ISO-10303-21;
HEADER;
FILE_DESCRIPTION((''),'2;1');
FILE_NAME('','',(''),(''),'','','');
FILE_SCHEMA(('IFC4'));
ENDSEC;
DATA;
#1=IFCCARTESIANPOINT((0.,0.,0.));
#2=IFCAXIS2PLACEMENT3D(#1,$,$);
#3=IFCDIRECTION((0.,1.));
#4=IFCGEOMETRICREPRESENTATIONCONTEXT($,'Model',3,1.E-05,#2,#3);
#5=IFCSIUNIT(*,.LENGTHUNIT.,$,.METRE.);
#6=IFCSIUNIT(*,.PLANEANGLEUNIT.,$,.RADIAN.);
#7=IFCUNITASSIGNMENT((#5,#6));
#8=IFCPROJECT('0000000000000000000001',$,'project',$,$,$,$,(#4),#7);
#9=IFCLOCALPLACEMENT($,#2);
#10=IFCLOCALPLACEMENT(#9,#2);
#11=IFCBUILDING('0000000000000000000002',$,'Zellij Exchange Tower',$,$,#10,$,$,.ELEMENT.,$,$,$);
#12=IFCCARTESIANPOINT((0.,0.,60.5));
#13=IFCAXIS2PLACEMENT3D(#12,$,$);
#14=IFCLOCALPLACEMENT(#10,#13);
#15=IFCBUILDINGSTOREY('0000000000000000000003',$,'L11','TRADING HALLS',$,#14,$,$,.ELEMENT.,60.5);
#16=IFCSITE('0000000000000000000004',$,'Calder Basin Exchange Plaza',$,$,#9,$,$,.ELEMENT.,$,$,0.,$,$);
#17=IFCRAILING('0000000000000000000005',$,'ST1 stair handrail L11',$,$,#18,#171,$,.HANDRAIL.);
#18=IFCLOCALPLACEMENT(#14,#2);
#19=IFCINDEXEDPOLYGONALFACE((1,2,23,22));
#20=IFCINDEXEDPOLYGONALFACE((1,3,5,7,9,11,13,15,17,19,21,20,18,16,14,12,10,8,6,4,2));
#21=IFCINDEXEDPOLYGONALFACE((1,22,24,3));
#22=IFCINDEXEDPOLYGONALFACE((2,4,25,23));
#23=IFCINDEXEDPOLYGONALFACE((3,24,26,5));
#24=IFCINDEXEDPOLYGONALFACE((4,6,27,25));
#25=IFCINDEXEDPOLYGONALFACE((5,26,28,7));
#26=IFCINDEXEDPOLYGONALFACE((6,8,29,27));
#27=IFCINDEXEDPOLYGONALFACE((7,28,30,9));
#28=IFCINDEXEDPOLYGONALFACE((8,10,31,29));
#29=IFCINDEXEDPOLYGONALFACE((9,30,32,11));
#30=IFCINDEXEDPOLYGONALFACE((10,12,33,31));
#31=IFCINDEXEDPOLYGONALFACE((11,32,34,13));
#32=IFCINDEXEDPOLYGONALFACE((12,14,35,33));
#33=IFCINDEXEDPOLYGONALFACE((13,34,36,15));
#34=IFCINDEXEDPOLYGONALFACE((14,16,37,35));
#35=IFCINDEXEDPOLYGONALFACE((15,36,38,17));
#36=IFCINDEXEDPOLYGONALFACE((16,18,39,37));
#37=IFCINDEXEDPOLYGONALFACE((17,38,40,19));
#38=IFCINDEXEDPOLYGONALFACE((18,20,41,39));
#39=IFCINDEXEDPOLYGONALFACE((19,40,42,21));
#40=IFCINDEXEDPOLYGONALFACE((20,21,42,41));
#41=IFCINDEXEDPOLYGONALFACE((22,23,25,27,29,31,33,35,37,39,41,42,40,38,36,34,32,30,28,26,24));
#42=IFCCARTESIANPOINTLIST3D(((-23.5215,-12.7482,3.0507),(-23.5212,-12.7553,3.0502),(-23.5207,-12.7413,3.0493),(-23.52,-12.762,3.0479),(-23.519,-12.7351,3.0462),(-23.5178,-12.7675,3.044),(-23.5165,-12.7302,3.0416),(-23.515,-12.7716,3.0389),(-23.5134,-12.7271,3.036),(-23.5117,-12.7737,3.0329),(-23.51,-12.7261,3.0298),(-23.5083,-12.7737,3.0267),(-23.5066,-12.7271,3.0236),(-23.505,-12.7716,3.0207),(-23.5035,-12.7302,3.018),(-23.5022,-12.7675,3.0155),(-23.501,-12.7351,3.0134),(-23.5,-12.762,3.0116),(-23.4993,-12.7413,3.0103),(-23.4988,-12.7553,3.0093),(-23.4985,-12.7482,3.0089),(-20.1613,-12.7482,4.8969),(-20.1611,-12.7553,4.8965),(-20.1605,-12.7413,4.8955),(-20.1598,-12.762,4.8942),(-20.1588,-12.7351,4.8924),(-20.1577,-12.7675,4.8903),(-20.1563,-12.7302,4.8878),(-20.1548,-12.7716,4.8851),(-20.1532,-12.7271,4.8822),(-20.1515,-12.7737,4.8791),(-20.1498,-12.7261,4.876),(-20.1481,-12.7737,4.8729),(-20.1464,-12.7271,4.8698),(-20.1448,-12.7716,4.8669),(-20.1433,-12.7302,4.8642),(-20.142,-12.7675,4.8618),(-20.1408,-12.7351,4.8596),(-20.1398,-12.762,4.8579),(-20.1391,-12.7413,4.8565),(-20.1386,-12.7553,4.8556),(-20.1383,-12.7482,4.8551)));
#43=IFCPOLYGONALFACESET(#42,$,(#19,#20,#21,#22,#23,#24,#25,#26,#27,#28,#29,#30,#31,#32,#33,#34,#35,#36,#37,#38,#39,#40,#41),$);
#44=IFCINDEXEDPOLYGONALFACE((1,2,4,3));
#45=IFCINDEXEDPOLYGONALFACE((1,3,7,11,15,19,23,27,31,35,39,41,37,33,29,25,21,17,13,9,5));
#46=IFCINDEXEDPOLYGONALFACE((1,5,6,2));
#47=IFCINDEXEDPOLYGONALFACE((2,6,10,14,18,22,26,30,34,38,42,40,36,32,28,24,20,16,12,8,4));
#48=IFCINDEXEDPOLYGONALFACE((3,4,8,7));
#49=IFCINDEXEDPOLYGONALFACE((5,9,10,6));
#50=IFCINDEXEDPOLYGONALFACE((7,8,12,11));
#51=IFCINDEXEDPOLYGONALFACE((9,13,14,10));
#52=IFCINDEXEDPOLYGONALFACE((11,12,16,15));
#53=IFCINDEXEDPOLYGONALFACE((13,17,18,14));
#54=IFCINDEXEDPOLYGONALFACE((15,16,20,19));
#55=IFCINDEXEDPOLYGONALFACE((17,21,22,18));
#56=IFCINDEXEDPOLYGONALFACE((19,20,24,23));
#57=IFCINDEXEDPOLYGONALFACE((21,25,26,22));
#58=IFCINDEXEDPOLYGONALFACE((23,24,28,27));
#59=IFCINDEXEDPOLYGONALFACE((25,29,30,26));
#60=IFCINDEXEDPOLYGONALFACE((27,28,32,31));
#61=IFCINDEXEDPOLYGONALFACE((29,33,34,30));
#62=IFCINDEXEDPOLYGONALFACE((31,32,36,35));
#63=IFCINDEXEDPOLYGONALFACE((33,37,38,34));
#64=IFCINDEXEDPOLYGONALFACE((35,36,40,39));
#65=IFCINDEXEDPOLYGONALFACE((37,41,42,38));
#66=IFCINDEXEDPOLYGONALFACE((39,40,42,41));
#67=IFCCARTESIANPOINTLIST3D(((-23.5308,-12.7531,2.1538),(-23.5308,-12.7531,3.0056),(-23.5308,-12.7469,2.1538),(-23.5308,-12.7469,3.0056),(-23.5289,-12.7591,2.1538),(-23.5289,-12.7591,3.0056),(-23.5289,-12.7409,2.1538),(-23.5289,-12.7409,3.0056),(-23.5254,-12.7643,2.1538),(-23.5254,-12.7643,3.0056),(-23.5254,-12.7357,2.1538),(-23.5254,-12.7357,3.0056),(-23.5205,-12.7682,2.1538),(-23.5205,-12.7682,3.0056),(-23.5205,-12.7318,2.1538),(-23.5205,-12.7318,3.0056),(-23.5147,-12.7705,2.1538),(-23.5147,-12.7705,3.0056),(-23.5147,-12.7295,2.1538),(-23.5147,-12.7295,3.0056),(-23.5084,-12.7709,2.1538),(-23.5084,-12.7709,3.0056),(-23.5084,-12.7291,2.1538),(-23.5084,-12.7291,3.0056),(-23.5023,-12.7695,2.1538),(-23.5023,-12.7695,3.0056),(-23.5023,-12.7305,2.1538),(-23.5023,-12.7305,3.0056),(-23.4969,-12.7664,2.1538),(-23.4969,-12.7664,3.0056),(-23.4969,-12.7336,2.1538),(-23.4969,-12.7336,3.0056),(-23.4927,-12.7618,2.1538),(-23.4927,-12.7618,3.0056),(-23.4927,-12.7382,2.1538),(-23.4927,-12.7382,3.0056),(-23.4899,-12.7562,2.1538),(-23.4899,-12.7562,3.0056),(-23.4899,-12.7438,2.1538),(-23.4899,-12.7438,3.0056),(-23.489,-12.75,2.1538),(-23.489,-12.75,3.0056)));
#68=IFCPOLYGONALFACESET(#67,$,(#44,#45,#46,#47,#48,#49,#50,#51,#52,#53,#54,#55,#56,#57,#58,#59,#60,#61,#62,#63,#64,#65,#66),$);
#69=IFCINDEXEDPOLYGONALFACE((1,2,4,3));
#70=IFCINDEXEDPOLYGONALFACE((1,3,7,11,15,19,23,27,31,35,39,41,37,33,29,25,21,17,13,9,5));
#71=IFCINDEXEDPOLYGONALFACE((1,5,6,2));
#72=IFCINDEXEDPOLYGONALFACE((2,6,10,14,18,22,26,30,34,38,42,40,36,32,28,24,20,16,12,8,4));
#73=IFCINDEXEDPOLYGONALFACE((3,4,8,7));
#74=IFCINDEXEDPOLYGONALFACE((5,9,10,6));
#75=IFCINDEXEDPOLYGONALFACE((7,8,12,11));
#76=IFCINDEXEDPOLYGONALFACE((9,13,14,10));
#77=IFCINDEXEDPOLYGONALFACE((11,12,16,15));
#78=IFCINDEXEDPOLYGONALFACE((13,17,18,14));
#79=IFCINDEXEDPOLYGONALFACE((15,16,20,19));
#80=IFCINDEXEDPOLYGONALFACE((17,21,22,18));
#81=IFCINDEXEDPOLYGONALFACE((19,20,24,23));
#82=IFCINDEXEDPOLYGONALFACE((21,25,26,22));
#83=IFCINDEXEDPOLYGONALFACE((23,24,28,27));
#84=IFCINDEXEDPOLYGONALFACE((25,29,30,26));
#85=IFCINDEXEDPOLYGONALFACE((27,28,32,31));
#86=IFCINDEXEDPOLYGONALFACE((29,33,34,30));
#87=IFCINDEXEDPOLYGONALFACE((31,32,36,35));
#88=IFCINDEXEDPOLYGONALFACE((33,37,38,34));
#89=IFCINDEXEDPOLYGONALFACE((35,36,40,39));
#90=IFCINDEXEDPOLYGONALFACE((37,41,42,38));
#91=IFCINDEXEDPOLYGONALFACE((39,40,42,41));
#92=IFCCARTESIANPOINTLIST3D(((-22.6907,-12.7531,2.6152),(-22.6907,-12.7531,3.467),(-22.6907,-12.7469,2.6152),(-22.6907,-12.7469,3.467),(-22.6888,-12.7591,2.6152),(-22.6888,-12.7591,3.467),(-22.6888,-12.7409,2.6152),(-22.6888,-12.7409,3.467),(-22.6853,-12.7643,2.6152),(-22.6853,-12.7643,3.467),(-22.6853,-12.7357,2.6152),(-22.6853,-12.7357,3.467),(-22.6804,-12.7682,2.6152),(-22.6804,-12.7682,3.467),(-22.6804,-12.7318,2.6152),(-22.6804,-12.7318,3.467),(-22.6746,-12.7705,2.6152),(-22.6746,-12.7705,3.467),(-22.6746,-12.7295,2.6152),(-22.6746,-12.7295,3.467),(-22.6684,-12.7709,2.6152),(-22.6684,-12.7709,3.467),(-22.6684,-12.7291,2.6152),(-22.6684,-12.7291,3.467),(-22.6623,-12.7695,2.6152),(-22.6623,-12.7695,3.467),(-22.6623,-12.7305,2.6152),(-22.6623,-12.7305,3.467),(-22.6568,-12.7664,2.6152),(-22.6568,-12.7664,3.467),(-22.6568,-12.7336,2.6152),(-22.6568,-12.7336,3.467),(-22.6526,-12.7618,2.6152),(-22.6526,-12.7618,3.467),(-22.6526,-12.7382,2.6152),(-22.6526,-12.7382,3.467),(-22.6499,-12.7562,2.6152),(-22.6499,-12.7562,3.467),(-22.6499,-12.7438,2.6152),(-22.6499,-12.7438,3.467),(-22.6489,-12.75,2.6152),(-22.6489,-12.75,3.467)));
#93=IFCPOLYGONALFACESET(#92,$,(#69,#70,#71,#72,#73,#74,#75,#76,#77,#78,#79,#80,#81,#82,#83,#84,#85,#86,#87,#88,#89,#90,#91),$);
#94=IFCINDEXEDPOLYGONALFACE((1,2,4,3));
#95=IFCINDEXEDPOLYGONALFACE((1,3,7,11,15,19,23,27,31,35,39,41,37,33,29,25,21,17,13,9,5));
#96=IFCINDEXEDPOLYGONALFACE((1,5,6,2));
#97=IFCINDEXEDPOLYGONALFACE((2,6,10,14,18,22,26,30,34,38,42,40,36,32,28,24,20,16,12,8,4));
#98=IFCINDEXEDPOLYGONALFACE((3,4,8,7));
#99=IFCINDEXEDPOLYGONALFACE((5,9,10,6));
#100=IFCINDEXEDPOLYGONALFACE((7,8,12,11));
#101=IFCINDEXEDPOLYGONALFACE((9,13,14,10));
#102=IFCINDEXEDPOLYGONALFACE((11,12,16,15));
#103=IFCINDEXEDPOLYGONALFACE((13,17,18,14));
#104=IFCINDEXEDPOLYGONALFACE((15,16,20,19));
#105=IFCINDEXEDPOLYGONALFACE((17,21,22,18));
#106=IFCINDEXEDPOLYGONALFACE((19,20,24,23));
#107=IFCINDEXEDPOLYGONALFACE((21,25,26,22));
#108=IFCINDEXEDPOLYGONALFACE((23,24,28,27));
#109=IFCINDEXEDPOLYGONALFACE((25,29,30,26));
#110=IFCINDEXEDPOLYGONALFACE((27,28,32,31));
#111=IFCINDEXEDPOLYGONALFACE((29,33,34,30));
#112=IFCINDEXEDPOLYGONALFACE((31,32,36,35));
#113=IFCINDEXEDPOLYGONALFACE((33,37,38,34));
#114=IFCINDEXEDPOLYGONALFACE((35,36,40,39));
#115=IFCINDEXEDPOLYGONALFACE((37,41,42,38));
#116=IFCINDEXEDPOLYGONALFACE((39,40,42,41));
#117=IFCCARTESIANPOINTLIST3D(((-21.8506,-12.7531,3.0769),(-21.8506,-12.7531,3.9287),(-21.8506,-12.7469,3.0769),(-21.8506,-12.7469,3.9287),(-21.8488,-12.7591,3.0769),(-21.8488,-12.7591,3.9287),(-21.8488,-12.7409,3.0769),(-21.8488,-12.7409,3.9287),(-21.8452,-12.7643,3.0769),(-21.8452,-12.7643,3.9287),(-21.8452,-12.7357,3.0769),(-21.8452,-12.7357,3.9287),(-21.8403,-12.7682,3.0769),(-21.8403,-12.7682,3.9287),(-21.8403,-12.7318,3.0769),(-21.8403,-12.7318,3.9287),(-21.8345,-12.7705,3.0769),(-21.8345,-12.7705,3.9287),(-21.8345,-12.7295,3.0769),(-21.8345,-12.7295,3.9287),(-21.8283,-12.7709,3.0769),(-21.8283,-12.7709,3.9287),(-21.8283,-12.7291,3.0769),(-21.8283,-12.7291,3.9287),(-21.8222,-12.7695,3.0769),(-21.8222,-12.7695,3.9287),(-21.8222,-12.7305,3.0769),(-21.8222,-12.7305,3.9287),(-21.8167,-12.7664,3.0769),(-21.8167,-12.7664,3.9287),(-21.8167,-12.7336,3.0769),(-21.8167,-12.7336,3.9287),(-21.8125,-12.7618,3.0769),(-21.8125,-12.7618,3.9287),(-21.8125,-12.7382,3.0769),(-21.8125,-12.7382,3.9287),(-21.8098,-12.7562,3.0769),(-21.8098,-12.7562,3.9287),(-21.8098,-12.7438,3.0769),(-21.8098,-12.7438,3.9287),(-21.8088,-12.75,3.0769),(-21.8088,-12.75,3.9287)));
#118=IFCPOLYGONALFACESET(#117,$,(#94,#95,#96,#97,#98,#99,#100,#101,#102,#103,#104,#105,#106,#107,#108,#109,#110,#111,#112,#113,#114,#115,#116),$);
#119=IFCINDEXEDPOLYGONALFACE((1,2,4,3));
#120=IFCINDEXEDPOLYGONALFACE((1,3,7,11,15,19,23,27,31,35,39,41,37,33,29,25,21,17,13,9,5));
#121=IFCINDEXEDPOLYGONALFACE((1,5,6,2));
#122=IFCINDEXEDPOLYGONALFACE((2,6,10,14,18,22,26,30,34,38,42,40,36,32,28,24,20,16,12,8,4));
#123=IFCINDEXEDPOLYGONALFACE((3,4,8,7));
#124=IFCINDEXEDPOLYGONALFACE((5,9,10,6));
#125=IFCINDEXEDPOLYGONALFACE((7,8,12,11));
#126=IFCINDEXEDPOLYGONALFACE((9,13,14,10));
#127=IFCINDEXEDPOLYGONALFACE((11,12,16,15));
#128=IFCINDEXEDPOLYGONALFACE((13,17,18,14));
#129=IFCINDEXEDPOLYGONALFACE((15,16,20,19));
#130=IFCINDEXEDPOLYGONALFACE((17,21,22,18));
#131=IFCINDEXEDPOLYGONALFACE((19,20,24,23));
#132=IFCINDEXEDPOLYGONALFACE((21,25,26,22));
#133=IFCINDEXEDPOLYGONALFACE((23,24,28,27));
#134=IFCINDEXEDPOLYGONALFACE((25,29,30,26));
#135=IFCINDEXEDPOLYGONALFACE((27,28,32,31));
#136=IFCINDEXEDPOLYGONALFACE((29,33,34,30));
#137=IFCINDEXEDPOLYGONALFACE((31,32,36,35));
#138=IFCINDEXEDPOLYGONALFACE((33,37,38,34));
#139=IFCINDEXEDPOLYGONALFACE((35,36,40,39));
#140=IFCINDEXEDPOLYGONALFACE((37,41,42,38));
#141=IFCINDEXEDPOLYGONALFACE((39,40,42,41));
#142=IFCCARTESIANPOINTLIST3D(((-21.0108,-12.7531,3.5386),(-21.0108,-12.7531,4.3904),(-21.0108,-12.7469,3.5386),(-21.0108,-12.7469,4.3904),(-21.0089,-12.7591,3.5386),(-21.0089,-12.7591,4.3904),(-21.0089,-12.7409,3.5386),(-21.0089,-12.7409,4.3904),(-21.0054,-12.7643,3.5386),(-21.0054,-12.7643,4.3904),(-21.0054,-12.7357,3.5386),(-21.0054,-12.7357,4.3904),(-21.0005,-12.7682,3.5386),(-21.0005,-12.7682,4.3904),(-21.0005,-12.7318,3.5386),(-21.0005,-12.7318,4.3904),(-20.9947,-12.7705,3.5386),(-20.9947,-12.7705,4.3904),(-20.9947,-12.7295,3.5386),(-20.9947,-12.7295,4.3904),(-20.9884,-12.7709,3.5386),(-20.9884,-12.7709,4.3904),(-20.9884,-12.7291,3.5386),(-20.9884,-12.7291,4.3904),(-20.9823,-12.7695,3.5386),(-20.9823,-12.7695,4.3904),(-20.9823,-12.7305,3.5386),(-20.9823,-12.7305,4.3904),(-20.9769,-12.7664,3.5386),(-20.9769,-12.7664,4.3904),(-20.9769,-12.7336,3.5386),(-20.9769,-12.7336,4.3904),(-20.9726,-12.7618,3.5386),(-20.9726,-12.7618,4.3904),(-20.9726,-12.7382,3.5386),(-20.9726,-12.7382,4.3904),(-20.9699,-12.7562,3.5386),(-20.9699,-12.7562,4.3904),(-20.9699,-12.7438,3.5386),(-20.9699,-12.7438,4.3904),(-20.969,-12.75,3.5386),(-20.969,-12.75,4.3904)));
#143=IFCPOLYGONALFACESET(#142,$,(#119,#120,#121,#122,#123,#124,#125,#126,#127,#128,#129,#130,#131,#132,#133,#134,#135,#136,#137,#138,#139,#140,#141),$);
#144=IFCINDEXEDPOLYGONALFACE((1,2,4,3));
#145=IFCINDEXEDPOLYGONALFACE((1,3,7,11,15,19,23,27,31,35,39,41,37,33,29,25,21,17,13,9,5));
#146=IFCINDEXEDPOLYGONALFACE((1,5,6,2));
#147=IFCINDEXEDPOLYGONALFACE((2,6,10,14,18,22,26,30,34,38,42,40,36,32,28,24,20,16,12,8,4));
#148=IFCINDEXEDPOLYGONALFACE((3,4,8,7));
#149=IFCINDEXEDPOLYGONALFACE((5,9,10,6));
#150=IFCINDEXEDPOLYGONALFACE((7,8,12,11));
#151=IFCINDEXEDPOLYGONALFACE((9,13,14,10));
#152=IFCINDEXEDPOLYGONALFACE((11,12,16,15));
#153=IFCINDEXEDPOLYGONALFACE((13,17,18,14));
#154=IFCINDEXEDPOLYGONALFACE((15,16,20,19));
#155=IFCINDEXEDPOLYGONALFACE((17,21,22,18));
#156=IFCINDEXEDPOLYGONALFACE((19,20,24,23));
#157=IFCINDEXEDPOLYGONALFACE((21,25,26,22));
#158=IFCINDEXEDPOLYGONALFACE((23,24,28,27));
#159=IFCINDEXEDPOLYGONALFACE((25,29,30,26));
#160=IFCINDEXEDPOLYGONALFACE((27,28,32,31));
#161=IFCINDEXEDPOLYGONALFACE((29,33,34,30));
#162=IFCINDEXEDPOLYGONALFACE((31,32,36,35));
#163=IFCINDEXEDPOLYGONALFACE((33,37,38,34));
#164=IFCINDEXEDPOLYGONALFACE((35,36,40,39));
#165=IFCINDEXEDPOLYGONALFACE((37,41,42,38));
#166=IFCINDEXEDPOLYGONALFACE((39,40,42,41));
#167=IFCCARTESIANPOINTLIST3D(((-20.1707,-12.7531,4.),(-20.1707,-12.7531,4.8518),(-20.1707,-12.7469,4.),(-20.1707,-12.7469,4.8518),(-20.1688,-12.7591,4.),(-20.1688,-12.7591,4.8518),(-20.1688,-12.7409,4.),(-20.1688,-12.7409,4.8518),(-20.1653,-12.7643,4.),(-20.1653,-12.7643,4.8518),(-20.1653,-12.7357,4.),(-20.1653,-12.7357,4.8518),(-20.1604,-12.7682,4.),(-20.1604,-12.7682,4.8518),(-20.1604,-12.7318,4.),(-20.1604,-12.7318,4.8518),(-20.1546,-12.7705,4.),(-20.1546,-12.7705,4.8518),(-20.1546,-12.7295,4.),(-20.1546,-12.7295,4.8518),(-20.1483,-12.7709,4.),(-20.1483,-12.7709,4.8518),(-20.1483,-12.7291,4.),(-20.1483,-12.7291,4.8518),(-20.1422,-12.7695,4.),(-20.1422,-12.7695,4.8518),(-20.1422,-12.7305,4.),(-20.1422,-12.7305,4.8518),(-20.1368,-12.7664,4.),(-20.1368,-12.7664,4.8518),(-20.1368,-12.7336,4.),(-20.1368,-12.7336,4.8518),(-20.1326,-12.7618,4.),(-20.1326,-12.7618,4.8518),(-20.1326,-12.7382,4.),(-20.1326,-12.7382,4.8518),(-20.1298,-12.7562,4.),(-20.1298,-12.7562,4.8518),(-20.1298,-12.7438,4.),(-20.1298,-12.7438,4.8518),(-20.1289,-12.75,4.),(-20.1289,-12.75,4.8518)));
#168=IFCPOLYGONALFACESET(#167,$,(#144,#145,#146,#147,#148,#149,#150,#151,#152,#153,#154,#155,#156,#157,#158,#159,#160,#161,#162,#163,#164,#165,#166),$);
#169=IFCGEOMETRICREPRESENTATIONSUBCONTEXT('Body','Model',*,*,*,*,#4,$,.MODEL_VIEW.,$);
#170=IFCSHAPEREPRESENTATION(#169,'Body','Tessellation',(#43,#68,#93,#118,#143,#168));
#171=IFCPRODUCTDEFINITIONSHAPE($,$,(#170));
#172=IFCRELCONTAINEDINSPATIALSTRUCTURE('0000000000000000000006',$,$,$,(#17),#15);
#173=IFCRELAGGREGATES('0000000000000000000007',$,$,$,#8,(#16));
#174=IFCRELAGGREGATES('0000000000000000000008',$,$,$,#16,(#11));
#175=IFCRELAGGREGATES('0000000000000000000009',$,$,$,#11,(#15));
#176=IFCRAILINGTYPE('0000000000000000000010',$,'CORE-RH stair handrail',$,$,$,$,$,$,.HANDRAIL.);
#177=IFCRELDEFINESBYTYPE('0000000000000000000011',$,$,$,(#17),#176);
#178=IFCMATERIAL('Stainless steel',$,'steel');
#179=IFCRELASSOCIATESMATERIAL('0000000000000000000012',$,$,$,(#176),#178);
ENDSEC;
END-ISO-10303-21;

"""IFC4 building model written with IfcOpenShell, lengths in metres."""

from ifc_helpers import new_model, si_unit, direction, frame, origin, origin_2d, place, context, subcontext, project, spatial, circle, extrude, material, type_object, element, save


model = new_model("IFC4")

# Units and contexts
model_context = context("Model", 3, precision=1e-05, world=origin(), true_north=direction((0.0, 1.0)))
body_context = subcontext(model_context, "Body", "Model", "MODEL_VIEW")
ifc_project = project(units=[si_unit("LENGTHUNIT", "METRE"), si_unit("PLANEANGLEUNIT", "RADIAN")], contexts=[model_context])

# Site, building, storey
site_placement = place(None, origin())
site = spatial("IfcSite", under=ifc_project, at=site_placement, Name="Calder Basin Exchange Plaza", CompositionType="ELEMENT", RefElevation=0.0)
building_placement = place(site_placement, origin())
building = spatial("IfcBuilding", under=site, at=building_placement, Name="Zellij Exchange Tower", CompositionType="ELEMENT")
storey_placement = place(building_placement, frame((0.0, 0.0, 60.5)))
storey = spatial("IfcBuildingStorey", under=building, at=storey_placement, Name="L11", Description="TRADING HALLS", CompositionType="ELEMENT", Elevation=60.5)

# Railing
ifc_material_1 = material(Name="Stainless steel", Category="steel")
railing_type = type_object("IfcRailingType", Name="CORE-RH stair handrail", PredefinedType="HANDRAIL", material=ifc_material_1)
railing_placement = place(storey_placement, frame((-23.51, -12.75, 2.1538)))
element("IfcRailing", 1, at=railing_placement, inside=storey, type_object=railing_type, Name="ST1 stair handrail L11", PredefinedType="HANDRAIL", context=body_context, shape_type="SweptSolid", body=[
    extrude(circle(Radius=0.0239, at=origin_2d()), frame((0.0, 0.0, 0.876), z_axis=(0.876422, 0.0, 0.481545), x_axis=(0.0, 1.0, 0.0)), (0.0, 0.0, 1.0), 3.834),
    extrude(circle(Radius=0.021, at=origin_2d()), origin(), (0.0, 0.0, 1.0), 0.8518),
    extrude(circle(Radius=0.021, at=origin_2d()), frame((0.8401, 0.0, 0.4614)), (0.0, 0.0, 1.0), 0.8518),
    extrude(circle(Radius=0.021, at=origin_2d()), frame((1.6802, 0.0, 0.9231)), (0.0, 0.0, 1.0), 0.8518),
    extrude(circle(Radius=0.021, at=origin_2d()), frame((2.52, 0.0, 1.3848)), (0.0, 0.0, 1.0), 0.8518),
    extrude(circle(Radius=0.021, at=origin_2d()), frame((3.3601, 0.0, 1.8462)), (0.0, 0.0, 1.0), 0.8518),
])

save(model, "model.ifc")
